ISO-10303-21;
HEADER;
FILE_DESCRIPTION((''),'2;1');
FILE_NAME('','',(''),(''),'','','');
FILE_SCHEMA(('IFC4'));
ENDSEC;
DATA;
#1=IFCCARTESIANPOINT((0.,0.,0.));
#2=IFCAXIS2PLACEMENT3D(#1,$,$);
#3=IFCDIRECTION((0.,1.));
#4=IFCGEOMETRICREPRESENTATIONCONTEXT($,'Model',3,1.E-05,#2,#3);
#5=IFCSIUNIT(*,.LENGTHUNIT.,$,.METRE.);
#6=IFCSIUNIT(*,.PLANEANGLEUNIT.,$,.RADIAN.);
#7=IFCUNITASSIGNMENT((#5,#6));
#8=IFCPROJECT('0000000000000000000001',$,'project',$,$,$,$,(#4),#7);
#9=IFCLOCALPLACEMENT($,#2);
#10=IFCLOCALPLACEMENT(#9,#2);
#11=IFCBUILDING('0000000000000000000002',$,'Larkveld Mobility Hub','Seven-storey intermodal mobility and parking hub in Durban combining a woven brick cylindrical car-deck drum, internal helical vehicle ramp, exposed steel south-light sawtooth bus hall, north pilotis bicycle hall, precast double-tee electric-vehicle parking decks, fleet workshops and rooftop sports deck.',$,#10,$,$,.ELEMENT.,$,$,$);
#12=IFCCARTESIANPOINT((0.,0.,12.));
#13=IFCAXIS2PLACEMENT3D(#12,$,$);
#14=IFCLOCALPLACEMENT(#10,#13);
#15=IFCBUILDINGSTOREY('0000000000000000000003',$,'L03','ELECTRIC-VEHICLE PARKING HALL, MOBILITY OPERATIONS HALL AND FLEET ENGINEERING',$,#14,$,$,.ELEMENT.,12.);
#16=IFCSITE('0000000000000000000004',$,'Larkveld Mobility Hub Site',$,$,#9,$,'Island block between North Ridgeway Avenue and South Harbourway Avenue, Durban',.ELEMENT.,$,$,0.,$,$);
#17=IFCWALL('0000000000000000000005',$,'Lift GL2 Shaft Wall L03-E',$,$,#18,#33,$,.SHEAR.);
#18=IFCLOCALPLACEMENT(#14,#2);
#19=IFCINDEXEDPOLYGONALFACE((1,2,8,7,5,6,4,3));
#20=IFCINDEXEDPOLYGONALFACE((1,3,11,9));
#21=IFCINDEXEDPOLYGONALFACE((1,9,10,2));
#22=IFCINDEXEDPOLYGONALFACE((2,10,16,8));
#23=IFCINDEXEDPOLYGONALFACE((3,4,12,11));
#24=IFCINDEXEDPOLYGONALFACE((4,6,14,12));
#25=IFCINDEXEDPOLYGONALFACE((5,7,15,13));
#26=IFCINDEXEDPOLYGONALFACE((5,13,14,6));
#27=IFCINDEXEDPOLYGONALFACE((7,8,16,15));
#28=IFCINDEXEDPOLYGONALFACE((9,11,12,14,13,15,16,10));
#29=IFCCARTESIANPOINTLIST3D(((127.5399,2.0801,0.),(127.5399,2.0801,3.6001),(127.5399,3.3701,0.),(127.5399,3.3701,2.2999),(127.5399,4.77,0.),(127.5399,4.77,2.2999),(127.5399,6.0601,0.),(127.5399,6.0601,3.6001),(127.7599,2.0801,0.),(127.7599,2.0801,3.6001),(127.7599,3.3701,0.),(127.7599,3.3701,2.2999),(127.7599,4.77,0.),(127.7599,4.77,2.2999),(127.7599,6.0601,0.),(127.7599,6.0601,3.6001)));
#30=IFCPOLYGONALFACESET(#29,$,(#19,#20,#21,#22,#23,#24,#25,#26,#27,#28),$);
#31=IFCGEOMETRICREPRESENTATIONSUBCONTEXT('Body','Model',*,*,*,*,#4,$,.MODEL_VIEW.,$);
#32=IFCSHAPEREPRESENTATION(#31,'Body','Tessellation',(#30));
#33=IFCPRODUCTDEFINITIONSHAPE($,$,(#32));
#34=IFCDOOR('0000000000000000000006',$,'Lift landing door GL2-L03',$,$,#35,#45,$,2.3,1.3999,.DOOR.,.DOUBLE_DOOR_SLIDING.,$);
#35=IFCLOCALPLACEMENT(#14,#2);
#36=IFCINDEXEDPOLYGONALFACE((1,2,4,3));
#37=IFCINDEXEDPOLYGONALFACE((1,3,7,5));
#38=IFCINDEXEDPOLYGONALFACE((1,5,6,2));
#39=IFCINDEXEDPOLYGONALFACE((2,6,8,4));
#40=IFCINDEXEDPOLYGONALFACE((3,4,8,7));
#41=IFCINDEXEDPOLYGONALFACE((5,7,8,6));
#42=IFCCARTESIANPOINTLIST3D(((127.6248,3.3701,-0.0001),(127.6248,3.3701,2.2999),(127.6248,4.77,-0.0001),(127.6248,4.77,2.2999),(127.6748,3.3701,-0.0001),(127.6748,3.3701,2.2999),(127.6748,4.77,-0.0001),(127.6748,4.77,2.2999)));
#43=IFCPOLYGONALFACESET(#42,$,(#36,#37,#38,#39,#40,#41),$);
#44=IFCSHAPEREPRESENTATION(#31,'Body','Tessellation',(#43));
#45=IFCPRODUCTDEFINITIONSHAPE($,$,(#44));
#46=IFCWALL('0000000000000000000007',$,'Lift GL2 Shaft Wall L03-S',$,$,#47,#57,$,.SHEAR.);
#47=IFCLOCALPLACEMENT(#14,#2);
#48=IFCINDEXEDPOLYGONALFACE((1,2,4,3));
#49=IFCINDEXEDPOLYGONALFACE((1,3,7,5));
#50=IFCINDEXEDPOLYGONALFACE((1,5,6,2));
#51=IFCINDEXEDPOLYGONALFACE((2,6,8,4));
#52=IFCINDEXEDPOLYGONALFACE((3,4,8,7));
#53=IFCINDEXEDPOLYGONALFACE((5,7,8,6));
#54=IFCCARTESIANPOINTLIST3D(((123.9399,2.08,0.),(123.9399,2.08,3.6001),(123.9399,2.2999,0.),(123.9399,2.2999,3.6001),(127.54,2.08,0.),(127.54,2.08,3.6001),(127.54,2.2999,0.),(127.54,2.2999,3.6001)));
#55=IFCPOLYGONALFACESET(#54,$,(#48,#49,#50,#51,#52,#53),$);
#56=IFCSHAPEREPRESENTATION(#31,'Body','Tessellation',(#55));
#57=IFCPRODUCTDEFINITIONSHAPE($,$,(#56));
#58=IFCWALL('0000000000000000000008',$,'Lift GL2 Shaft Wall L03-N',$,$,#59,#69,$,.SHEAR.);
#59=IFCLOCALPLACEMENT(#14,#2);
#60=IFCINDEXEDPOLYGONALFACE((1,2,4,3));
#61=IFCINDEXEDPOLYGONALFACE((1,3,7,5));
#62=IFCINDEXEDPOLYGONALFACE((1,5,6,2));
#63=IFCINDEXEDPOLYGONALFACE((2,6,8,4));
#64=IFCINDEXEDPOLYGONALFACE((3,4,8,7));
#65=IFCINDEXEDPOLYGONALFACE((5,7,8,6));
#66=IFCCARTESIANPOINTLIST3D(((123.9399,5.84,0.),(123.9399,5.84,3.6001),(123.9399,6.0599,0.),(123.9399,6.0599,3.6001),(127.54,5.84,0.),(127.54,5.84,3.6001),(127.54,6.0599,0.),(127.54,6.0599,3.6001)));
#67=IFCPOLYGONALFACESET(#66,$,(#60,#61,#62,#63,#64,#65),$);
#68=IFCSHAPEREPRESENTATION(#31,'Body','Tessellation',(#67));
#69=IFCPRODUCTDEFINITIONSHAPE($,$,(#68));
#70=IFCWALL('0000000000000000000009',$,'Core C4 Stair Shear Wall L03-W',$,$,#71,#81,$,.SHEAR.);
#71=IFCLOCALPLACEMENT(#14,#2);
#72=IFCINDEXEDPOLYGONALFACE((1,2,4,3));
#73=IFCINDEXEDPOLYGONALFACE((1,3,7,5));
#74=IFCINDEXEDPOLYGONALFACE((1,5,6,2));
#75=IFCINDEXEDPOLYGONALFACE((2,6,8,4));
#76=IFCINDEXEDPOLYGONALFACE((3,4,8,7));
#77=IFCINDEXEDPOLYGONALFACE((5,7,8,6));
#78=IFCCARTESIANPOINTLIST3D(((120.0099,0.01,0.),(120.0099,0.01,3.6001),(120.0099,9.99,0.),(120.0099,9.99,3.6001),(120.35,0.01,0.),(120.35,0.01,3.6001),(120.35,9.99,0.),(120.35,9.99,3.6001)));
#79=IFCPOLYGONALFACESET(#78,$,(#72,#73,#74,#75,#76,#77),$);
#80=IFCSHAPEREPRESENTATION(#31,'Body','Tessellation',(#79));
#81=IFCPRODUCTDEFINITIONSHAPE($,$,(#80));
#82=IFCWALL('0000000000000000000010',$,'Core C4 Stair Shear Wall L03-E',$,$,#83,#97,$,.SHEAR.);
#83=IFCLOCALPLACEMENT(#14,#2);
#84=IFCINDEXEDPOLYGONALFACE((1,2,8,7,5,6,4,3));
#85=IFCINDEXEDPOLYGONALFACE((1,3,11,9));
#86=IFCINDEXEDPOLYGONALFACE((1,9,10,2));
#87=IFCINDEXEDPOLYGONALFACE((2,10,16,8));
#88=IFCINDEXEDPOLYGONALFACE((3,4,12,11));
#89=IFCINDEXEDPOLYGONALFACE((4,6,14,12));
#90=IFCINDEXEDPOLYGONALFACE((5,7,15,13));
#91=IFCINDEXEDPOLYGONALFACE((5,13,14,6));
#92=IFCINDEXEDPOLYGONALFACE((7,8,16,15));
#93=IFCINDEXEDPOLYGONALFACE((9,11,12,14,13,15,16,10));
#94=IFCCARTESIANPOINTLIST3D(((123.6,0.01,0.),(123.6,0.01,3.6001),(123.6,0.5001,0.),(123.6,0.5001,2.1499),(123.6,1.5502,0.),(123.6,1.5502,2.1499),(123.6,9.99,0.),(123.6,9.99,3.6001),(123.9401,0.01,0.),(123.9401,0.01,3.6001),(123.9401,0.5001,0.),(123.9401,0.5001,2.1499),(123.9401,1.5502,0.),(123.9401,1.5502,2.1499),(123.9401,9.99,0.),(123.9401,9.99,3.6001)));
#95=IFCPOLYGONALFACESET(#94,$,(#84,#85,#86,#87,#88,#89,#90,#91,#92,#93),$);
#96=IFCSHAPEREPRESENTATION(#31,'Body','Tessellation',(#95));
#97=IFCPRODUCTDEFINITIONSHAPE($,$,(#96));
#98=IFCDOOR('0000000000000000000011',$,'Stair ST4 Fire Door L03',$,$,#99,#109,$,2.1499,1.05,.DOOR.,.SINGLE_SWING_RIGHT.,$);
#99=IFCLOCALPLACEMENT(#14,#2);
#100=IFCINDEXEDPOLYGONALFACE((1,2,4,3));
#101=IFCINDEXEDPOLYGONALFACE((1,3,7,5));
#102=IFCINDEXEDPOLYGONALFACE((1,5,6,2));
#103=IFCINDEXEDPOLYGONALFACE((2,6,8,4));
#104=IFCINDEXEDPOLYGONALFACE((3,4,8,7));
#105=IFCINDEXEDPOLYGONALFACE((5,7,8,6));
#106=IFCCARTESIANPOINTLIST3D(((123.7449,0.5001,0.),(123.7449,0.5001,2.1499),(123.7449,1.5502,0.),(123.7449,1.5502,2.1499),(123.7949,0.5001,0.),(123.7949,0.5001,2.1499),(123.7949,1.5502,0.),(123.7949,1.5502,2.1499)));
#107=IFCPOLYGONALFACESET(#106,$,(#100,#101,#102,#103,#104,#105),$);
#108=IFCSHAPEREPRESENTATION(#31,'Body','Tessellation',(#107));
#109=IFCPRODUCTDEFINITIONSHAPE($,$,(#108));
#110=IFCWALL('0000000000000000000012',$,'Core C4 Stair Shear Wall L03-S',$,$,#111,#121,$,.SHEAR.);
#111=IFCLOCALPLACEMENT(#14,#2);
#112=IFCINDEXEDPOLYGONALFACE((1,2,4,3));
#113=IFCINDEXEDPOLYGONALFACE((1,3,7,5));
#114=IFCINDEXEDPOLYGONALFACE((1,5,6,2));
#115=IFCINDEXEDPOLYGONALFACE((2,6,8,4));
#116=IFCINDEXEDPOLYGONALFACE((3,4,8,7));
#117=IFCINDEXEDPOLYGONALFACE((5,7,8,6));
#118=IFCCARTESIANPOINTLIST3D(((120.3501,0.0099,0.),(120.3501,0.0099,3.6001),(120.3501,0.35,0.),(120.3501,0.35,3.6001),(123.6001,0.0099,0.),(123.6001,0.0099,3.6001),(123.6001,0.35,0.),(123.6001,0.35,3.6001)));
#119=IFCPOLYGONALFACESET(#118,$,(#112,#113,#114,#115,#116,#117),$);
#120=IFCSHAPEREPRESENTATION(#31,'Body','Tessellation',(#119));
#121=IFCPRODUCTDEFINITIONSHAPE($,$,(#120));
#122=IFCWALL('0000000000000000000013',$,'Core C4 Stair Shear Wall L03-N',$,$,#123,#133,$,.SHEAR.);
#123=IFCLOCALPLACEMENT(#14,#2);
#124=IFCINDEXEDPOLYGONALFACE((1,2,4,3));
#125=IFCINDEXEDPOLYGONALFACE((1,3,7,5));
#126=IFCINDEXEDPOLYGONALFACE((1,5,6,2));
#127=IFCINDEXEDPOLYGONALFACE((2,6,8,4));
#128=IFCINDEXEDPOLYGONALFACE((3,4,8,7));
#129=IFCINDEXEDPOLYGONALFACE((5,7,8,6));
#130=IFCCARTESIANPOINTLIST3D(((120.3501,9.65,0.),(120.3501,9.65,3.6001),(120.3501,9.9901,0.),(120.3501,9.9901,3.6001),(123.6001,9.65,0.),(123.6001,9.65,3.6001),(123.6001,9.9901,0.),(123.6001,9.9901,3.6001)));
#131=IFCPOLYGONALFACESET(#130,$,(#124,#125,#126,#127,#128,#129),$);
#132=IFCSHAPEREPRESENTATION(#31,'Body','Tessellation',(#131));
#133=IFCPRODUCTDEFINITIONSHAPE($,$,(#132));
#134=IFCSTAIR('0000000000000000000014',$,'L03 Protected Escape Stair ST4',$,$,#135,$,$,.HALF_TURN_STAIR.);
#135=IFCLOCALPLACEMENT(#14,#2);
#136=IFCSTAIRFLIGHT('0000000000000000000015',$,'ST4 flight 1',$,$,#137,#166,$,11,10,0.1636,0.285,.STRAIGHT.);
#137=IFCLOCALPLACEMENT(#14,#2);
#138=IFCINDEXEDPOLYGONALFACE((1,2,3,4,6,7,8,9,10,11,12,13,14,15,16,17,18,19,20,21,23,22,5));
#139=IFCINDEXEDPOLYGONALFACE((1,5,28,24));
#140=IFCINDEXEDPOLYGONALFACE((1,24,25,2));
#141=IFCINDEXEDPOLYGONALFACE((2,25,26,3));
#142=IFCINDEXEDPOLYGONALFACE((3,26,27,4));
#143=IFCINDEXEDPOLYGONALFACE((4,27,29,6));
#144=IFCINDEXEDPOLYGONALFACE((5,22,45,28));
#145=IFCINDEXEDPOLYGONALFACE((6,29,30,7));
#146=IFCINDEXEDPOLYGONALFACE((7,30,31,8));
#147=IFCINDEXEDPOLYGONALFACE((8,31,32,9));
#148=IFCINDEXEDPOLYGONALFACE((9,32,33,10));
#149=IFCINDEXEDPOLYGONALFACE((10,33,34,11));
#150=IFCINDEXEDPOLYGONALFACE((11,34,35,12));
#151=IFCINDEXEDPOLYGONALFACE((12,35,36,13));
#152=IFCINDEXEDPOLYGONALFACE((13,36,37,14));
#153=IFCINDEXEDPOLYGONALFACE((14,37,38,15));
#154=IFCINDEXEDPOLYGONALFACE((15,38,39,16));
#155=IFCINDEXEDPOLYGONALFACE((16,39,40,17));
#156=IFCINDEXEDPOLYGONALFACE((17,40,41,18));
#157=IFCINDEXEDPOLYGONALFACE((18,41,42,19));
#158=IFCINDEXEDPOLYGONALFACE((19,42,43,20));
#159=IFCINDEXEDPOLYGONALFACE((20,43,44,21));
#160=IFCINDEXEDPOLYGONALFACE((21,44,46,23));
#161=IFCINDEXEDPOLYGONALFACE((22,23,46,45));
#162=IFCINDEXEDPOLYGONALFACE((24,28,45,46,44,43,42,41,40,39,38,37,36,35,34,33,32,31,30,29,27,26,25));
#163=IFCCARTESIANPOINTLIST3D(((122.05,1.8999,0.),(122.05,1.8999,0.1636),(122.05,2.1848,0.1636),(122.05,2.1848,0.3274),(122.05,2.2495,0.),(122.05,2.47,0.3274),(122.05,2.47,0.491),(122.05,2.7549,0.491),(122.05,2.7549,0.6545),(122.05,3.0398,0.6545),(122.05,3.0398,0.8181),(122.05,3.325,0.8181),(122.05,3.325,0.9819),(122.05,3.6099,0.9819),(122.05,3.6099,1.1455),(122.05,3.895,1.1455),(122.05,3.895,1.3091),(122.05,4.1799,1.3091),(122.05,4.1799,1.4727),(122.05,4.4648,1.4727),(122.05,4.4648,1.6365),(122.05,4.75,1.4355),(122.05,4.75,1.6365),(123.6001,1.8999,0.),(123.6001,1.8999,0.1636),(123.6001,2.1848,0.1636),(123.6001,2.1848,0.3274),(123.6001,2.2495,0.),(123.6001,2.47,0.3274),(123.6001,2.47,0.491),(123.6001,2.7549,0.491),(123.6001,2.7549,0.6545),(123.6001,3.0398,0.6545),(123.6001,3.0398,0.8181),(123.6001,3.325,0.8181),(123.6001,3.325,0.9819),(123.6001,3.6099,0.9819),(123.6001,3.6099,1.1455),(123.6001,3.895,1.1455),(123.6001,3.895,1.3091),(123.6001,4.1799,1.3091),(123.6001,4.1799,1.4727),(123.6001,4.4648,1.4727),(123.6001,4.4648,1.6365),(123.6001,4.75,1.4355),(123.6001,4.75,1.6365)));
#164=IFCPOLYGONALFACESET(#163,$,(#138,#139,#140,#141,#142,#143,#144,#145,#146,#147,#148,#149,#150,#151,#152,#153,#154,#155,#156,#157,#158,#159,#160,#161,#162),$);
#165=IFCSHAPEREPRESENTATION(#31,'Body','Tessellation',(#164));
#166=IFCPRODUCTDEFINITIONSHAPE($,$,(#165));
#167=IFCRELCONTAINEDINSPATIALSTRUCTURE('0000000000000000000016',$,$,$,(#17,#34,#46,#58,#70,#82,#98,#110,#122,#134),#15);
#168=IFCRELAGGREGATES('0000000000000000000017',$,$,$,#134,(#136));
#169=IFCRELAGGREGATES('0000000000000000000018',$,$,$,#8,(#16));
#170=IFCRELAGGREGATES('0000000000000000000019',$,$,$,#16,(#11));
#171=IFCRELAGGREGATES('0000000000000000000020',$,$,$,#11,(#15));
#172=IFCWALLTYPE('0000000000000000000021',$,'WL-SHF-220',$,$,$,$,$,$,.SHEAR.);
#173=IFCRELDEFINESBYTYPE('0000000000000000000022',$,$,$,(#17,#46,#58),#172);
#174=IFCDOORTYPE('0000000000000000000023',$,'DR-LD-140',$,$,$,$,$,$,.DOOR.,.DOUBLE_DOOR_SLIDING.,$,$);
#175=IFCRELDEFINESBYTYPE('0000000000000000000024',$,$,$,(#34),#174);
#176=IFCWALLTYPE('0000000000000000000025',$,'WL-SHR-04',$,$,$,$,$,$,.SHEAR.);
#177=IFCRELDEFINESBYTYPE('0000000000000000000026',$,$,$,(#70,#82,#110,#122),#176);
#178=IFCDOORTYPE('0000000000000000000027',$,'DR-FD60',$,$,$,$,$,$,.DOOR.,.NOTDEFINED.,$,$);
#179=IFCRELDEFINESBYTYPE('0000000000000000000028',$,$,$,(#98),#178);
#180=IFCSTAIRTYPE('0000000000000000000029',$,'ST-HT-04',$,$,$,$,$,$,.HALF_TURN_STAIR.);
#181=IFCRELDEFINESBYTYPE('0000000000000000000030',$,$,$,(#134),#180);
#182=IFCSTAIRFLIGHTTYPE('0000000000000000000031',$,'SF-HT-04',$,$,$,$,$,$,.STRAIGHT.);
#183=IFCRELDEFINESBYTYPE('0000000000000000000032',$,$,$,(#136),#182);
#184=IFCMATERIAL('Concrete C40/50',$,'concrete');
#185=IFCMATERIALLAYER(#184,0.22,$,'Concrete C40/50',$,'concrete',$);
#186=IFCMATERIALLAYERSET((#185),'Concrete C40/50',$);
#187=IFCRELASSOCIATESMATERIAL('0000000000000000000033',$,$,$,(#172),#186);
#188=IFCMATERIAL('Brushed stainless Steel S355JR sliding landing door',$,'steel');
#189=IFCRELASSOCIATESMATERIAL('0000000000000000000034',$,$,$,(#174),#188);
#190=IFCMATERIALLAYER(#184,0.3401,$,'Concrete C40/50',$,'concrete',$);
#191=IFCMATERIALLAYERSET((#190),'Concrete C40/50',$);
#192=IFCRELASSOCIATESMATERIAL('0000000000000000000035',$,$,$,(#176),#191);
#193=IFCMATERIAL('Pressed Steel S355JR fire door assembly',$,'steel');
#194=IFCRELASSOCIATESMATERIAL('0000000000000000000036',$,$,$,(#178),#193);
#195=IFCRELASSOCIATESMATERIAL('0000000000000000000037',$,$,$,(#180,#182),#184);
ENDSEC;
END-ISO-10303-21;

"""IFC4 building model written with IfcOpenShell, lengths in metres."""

from ifc_helpers import new_model, si_unit, direction, frame, frame_2d, origin, place, context, subcontext, project, spatial, polyline, rectangle, outline, extrude, material, layer, layer_set, type_object, element, fill, aggregate, save


model = new_model("IFC4")

# Units and contexts
model_context = context("Model", 3, precision=1e-05, world=origin(), true_north=direction((0.0, 1.0)))
body_context = subcontext(model_context, "Body", "Model", "MODEL_VIEW")
ifc_project = project(units=[si_unit("LENGTHUNIT", "METRE"), si_unit("PLANEANGLEUNIT", "RADIAN")], contexts=[model_context])

# Site, building, storey
site_placement = place(None, origin())
site = spatial("IfcSite", under=ifc_project, at=site_placement, Name="Larkveld Mobility Hub Site", LongName="Island block between North Ridgeway Avenue and South Harbourway Avenue, Durban", CompositionType="ELEMENT", RefElevation=0.0)
building_placement = place(site_placement, origin())
building = spatial("IfcBuilding", under=site, at=building_placement, Name="Larkveld Mobility Hub", Description="Seven-storey intermodal mobility and parking hub in Durban combining a woven brick cylindrical car-deck drum, internal helical vehicle ramp, exposed steel south-light sawtooth bus hall, north pilotis bicycle hall, precast double-tee electric-vehicle parking decks, fleet workshops and rooftop sports deck.", CompositionType="ELEMENT")
storey_placement = place(building_placement, frame((0.0, 0.0, 12.0)))
storey = spatial("IfcBuildingStorey", under=building, at=storey_placement, Name="L03", Description="ELECTRIC-VEHICLE PARKING HALL, MOBILITY OPERATIONS HALL AND FLEET ENGINEERING", CompositionType="ELEMENT", Elevation=12.0)

# Shared definitions
ifc_material_1 = material(Name="Concrete C40/50", Category="concrete")

# Shared definitions
ifc_layer_1 = layer(ifc_material_1, 0.22, Name="Concrete C40/50", Category="concrete")
ifc_layer_set_1 = layer_set([ifc_layer_1], Name="Concrete C40/50")
wall_type_1 = type_object("IfcWallType", Name="WL-SHF-220", PredefinedType="SHEAR", material=ifc_layer_set_1)

# Wall, opening, door
wall_1_placement = place(storey_placement, frame((127.6499, 6.0601, 0.0), z_axis=(0.0, 0.0, 1.0), x_axis=(0.0, -1.0, 0.0)))
wall_1 = element("IfcWall", 1, at=wall_1_placement, inside=storey, type_object=wall_type_1, Name="Lift GL2 Shaft Wall L03-E", PredefinedType="SHEAR", context=body_context, shape_type="SweptSolid", body=[
    extrude(rectangle(XDim=3.98, YDim=0.22, at=frame_2d((1.99, 0.0))), origin(), (0.0, 0.0, 1.0), 3.6001),
])
opening_1_placement = place(wall_1_placement, frame((1.29, 0.0, 0.0)))
opening_1 = element("IfcOpeningElement", 2, at=opening_1_placement, cuts=wall_1, PredefinedType="OPENING", context=body_context, shape_type="SweptSolid", body=[
    extrude(rectangle(XDim=1.3999, YDim=2.3, at=frame_2d((0.7, 1.1499))), frame((0.0, 0.1201, 0.0), z_axis=(0.0, -1.0, 0.0), x_axis=(1.0, 0.0, 0.0)), (0.0, 0.0, 1.0), 0.24),
])
ifc_material_2 = material(Name="Brushed stainless Steel S355JR sliding landing door", Category="steel")
door_type_1 = type_object("IfcDoorType", Name="DR-LD-140", OperationType="DOUBLE_DOOR_SLIDING", PredefinedType="DOOR", material=ifc_material_2)
door_1_placement = place(opening_1_placement, origin())
door_1 = element("IfcDoor", 3, at=door_1_placement, inside=storey, type_object=door_type_1, Name="Lift landing door GL2-L03", OperationType="DOUBLE_DOOR_SLIDING", OverallHeight=2.3, OverallWidth=1.3999, PredefinedType="DOOR", context=body_context, shape_type="SweptSolid", body=[
    extrude(rectangle(XDim=1.3999, YDim=2.3, at=frame_2d((0.7, 1.1499))), frame((0.0, 0.0249, 0.0), z_axis=(0.0, -1.0, 0.0), x_axis=(1.0, 0.0, 0.0)), (0.0, 0.0, 1.0), 0.05),
])
fill(opening_1, door_1)

# Walls
for number, where, z_axis, x_axis, name in (
    (4, (127.54, 2.1899, 0.0), (0.0, 0.0, 1.0), (-1.0, 0.0, 0.0), "Lift GL2 Shaft Wall L03-S"),
    (5, (123.9399, 5.95, 0.0), (0.0, 0.0, 1.0), (1.0, 0.0, 0.0), "Lift GL2 Shaft Wall L03-N"),
):
    element("IfcWall", number, at=place(storey_placement, frame(where, z_axis=z_axis, x_axis=x_axis)), inside=storey, type_object=wall_type_1, Name=name, PredefinedType="SHEAR", context=body_context, shape_type="SweptSolid", body=[
        extrude(rectangle(XDim=3.6001, YDim=0.22, at=frame_2d((1.8, 0.0))), origin(), (0.0, 0.0, 1.0), 3.6001),
    ])
ifc_layer_2 = layer(ifc_material_1, 0.3401, Name="Concrete C40/50", Category="concrete")
ifc_layer_set_2 = layer_set([ifc_layer_2], Name="Concrete C40/50")
wall_type_2 = type_object("IfcWallType", Name="WL-SHR-04", PredefinedType="SHEAR", material=ifc_layer_set_2)
wall_2_placement = place(storey_placement, frame((120.1799, 0.01, 0.0), z_axis=(0.0, 0.0, 1.0), x_axis=(0.0, 1.0, 0.0)))
element("IfcWall", 6, at=wall_2_placement, inside=storey, type_object=wall_type_2, Name="Core C4 Stair Shear Wall L03-W", PredefinedType="SHEAR", context=body_context, shape_type="SweptSolid", body=[
    extrude(rectangle(XDim=9.98, YDim=0.3401, at=frame_2d((4.99, 0.0))), origin(), (0.0, 0.0, 1.0), 3.6001),
])

# Wall, opening, door
wall_3_placement = place(storey_placement, frame((123.77, 9.99, 0.0), z_axis=(0.0, 0.0, 1.0), x_axis=(0.0, -1.0, 0.0)))
wall_3 = element("IfcWall", 7, at=wall_3_placement, inside=storey, type_object=wall_type_2, Name="Core C4 Stair Shear Wall L03-E", PredefinedType="SHEAR", context=body_context, shape_type="SweptSolid", body=[
    extrude(rectangle(XDim=9.98, YDim=0.3401, at=frame_2d((4.99, 0.0))), origin(), (0.0, 0.0, 1.0), 3.6001),
])
opening_2_placement = place(wall_3_placement, frame((8.4399, 0.0, 0.0)))
opening_2 = element("IfcOpeningElement", 8, at=opening_2_placement, cuts=wall_3, PredefinedType="OPENING", context=body_context, shape_type="SweptSolid", body=[
    extrude(rectangle(XDim=1.05, YDim=2.1499, at=frame_2d((0.5249, 1.075))), frame((0.0, 0.1802, 0.0), z_axis=(0.0, -1.0, 0.0), x_axis=(1.0, 0.0, 0.0)), (0.0, 0.0, 1.0), 0.3601),
])
ifc_material_3 = material(Name="Pressed Steel S355JR fire door assembly", Category="steel")
door_type_2 = type_object("IfcDoorType", Name="DR-FD60", OperationType="NOTDEFINED", PredefinedType="DOOR", material=ifc_material_3)
door_2_placement = place(opening_2_placement, origin())
door_2 = element("IfcDoor", 9, at=door_2_placement, inside=storey, type_object=door_type_2, Name="Stair ST4 Fire Door L03", OperationType="SINGLE_SWING_RIGHT", OverallHeight=2.1499, OverallWidth=1.05, PredefinedType="DOOR", context=body_context, shape_type="SweptSolid", body=[
    extrude(rectangle(XDim=1.05, YDim=2.1499, at=frame_2d((0.5249, 1.075))), frame((0.0, 0.0249, 0.0), z_axis=(0.0, -1.0, 0.0), x_axis=(1.0, 0.0, 0.0)), (0.0, 0.0, 1.0), 0.05),
])
fill(opening_2, door_2)

# Walls
for number, where, z_axis, x_axis, name in (
    (10, (123.6001, 0.1799, 0.0), (0.0, 0.0, 1.0), (-1.0, 0.0, 0.0), "Core C4 Stair Shear Wall L03-S"),
    (11, (120.3501, 9.8201, 0.0), (0.0, 0.0, 1.0), (1.0, 0.0, 0.0), "Core C4 Stair Shear Wall L03-N"),
):
    element("IfcWall", number, at=place(storey_placement, frame(where, z_axis=z_axis, x_axis=x_axis)), inside=storey, type_object=wall_type_2, Name=name, PredefinedType="SHEAR", context=body_context, shape_type="SweptSolid", body=[
        extrude(rectangle(XDim=3.25, YDim=0.3401, at=frame_2d((1.625, 0.0))), origin(), (0.0, 0.0, 1.0), 3.6001),
    ])

# Stair, stair flight
stair_type = type_object("IfcStairType", Name="ST-HT-04", PredefinedType="HALF_TURN_STAIR", material=ifc_material_1)
stair_placement = place(storey_placement, origin())
stair = element("IfcStair", 12, at=stair_placement, inside=storey, type_object=stair_type, Name="L03 Protected Escape Stair ST4", PredefinedType="HALF_TURN_STAIR")
stair_flight_type = type_object("IfcStairFlightType", Name="SF-HT-04", PredefinedType="STRAIGHT", material=ifc_material_1)
stair_flight_1_placement = place(storey_placement, frame((122.825, 1.8999, 0.0), z_axis=(0.0, 0.0, 1.0), x_axis=(0.0, 1.0, 0.0)))
stair_flight_1 = element("IfcStairFlight", 13, at=stair_flight_1_placement, type_object=stair_flight_type, Name="ST4 flight 1", NumberOfRisers=11, NumberOfTreads=10, PredefinedType="STRAIGHT", RiserHeight=0.1636, TreadLength=0.285, context=body_context, shape_type="SweptSolid", body=[
    extrude(outline(polyline([(0.0, 0.0), (0.0, 0.1636), (0.2849, 0.1636), (0.2849, 0.3274), (0.5701, 0.3274), (0.5701, 0.491), (0.855, 0.491), (0.855, 0.6545), (1.1399, 0.6545), (1.1399, 0.8181), (1.425, 0.8181), (1.425, 0.9819), (1.71, 0.9819), (1.71, 1.1455), (1.9951, 1.1455), (1.9951, 1.3091), (2.28, 1.3091), (2.28, 1.4727), (2.5649, 1.4727), (2.5649, 1.6365), (2.8501, 1.6365), (2.8501, 1.8), (2.8501, 1.4355), (0.3496, 0.0), (0.0, 0.0)])), frame((0.0, 0.7749, 0.0), z_axis=(0.0, -1.0, 0.0), x_axis=(1.0, 0.0, 0.0)), (0.0, 0.0, 1.0), 1.55),
])
aggregate(stair, [stair_flight_1])

save(model, "model.ifc")
